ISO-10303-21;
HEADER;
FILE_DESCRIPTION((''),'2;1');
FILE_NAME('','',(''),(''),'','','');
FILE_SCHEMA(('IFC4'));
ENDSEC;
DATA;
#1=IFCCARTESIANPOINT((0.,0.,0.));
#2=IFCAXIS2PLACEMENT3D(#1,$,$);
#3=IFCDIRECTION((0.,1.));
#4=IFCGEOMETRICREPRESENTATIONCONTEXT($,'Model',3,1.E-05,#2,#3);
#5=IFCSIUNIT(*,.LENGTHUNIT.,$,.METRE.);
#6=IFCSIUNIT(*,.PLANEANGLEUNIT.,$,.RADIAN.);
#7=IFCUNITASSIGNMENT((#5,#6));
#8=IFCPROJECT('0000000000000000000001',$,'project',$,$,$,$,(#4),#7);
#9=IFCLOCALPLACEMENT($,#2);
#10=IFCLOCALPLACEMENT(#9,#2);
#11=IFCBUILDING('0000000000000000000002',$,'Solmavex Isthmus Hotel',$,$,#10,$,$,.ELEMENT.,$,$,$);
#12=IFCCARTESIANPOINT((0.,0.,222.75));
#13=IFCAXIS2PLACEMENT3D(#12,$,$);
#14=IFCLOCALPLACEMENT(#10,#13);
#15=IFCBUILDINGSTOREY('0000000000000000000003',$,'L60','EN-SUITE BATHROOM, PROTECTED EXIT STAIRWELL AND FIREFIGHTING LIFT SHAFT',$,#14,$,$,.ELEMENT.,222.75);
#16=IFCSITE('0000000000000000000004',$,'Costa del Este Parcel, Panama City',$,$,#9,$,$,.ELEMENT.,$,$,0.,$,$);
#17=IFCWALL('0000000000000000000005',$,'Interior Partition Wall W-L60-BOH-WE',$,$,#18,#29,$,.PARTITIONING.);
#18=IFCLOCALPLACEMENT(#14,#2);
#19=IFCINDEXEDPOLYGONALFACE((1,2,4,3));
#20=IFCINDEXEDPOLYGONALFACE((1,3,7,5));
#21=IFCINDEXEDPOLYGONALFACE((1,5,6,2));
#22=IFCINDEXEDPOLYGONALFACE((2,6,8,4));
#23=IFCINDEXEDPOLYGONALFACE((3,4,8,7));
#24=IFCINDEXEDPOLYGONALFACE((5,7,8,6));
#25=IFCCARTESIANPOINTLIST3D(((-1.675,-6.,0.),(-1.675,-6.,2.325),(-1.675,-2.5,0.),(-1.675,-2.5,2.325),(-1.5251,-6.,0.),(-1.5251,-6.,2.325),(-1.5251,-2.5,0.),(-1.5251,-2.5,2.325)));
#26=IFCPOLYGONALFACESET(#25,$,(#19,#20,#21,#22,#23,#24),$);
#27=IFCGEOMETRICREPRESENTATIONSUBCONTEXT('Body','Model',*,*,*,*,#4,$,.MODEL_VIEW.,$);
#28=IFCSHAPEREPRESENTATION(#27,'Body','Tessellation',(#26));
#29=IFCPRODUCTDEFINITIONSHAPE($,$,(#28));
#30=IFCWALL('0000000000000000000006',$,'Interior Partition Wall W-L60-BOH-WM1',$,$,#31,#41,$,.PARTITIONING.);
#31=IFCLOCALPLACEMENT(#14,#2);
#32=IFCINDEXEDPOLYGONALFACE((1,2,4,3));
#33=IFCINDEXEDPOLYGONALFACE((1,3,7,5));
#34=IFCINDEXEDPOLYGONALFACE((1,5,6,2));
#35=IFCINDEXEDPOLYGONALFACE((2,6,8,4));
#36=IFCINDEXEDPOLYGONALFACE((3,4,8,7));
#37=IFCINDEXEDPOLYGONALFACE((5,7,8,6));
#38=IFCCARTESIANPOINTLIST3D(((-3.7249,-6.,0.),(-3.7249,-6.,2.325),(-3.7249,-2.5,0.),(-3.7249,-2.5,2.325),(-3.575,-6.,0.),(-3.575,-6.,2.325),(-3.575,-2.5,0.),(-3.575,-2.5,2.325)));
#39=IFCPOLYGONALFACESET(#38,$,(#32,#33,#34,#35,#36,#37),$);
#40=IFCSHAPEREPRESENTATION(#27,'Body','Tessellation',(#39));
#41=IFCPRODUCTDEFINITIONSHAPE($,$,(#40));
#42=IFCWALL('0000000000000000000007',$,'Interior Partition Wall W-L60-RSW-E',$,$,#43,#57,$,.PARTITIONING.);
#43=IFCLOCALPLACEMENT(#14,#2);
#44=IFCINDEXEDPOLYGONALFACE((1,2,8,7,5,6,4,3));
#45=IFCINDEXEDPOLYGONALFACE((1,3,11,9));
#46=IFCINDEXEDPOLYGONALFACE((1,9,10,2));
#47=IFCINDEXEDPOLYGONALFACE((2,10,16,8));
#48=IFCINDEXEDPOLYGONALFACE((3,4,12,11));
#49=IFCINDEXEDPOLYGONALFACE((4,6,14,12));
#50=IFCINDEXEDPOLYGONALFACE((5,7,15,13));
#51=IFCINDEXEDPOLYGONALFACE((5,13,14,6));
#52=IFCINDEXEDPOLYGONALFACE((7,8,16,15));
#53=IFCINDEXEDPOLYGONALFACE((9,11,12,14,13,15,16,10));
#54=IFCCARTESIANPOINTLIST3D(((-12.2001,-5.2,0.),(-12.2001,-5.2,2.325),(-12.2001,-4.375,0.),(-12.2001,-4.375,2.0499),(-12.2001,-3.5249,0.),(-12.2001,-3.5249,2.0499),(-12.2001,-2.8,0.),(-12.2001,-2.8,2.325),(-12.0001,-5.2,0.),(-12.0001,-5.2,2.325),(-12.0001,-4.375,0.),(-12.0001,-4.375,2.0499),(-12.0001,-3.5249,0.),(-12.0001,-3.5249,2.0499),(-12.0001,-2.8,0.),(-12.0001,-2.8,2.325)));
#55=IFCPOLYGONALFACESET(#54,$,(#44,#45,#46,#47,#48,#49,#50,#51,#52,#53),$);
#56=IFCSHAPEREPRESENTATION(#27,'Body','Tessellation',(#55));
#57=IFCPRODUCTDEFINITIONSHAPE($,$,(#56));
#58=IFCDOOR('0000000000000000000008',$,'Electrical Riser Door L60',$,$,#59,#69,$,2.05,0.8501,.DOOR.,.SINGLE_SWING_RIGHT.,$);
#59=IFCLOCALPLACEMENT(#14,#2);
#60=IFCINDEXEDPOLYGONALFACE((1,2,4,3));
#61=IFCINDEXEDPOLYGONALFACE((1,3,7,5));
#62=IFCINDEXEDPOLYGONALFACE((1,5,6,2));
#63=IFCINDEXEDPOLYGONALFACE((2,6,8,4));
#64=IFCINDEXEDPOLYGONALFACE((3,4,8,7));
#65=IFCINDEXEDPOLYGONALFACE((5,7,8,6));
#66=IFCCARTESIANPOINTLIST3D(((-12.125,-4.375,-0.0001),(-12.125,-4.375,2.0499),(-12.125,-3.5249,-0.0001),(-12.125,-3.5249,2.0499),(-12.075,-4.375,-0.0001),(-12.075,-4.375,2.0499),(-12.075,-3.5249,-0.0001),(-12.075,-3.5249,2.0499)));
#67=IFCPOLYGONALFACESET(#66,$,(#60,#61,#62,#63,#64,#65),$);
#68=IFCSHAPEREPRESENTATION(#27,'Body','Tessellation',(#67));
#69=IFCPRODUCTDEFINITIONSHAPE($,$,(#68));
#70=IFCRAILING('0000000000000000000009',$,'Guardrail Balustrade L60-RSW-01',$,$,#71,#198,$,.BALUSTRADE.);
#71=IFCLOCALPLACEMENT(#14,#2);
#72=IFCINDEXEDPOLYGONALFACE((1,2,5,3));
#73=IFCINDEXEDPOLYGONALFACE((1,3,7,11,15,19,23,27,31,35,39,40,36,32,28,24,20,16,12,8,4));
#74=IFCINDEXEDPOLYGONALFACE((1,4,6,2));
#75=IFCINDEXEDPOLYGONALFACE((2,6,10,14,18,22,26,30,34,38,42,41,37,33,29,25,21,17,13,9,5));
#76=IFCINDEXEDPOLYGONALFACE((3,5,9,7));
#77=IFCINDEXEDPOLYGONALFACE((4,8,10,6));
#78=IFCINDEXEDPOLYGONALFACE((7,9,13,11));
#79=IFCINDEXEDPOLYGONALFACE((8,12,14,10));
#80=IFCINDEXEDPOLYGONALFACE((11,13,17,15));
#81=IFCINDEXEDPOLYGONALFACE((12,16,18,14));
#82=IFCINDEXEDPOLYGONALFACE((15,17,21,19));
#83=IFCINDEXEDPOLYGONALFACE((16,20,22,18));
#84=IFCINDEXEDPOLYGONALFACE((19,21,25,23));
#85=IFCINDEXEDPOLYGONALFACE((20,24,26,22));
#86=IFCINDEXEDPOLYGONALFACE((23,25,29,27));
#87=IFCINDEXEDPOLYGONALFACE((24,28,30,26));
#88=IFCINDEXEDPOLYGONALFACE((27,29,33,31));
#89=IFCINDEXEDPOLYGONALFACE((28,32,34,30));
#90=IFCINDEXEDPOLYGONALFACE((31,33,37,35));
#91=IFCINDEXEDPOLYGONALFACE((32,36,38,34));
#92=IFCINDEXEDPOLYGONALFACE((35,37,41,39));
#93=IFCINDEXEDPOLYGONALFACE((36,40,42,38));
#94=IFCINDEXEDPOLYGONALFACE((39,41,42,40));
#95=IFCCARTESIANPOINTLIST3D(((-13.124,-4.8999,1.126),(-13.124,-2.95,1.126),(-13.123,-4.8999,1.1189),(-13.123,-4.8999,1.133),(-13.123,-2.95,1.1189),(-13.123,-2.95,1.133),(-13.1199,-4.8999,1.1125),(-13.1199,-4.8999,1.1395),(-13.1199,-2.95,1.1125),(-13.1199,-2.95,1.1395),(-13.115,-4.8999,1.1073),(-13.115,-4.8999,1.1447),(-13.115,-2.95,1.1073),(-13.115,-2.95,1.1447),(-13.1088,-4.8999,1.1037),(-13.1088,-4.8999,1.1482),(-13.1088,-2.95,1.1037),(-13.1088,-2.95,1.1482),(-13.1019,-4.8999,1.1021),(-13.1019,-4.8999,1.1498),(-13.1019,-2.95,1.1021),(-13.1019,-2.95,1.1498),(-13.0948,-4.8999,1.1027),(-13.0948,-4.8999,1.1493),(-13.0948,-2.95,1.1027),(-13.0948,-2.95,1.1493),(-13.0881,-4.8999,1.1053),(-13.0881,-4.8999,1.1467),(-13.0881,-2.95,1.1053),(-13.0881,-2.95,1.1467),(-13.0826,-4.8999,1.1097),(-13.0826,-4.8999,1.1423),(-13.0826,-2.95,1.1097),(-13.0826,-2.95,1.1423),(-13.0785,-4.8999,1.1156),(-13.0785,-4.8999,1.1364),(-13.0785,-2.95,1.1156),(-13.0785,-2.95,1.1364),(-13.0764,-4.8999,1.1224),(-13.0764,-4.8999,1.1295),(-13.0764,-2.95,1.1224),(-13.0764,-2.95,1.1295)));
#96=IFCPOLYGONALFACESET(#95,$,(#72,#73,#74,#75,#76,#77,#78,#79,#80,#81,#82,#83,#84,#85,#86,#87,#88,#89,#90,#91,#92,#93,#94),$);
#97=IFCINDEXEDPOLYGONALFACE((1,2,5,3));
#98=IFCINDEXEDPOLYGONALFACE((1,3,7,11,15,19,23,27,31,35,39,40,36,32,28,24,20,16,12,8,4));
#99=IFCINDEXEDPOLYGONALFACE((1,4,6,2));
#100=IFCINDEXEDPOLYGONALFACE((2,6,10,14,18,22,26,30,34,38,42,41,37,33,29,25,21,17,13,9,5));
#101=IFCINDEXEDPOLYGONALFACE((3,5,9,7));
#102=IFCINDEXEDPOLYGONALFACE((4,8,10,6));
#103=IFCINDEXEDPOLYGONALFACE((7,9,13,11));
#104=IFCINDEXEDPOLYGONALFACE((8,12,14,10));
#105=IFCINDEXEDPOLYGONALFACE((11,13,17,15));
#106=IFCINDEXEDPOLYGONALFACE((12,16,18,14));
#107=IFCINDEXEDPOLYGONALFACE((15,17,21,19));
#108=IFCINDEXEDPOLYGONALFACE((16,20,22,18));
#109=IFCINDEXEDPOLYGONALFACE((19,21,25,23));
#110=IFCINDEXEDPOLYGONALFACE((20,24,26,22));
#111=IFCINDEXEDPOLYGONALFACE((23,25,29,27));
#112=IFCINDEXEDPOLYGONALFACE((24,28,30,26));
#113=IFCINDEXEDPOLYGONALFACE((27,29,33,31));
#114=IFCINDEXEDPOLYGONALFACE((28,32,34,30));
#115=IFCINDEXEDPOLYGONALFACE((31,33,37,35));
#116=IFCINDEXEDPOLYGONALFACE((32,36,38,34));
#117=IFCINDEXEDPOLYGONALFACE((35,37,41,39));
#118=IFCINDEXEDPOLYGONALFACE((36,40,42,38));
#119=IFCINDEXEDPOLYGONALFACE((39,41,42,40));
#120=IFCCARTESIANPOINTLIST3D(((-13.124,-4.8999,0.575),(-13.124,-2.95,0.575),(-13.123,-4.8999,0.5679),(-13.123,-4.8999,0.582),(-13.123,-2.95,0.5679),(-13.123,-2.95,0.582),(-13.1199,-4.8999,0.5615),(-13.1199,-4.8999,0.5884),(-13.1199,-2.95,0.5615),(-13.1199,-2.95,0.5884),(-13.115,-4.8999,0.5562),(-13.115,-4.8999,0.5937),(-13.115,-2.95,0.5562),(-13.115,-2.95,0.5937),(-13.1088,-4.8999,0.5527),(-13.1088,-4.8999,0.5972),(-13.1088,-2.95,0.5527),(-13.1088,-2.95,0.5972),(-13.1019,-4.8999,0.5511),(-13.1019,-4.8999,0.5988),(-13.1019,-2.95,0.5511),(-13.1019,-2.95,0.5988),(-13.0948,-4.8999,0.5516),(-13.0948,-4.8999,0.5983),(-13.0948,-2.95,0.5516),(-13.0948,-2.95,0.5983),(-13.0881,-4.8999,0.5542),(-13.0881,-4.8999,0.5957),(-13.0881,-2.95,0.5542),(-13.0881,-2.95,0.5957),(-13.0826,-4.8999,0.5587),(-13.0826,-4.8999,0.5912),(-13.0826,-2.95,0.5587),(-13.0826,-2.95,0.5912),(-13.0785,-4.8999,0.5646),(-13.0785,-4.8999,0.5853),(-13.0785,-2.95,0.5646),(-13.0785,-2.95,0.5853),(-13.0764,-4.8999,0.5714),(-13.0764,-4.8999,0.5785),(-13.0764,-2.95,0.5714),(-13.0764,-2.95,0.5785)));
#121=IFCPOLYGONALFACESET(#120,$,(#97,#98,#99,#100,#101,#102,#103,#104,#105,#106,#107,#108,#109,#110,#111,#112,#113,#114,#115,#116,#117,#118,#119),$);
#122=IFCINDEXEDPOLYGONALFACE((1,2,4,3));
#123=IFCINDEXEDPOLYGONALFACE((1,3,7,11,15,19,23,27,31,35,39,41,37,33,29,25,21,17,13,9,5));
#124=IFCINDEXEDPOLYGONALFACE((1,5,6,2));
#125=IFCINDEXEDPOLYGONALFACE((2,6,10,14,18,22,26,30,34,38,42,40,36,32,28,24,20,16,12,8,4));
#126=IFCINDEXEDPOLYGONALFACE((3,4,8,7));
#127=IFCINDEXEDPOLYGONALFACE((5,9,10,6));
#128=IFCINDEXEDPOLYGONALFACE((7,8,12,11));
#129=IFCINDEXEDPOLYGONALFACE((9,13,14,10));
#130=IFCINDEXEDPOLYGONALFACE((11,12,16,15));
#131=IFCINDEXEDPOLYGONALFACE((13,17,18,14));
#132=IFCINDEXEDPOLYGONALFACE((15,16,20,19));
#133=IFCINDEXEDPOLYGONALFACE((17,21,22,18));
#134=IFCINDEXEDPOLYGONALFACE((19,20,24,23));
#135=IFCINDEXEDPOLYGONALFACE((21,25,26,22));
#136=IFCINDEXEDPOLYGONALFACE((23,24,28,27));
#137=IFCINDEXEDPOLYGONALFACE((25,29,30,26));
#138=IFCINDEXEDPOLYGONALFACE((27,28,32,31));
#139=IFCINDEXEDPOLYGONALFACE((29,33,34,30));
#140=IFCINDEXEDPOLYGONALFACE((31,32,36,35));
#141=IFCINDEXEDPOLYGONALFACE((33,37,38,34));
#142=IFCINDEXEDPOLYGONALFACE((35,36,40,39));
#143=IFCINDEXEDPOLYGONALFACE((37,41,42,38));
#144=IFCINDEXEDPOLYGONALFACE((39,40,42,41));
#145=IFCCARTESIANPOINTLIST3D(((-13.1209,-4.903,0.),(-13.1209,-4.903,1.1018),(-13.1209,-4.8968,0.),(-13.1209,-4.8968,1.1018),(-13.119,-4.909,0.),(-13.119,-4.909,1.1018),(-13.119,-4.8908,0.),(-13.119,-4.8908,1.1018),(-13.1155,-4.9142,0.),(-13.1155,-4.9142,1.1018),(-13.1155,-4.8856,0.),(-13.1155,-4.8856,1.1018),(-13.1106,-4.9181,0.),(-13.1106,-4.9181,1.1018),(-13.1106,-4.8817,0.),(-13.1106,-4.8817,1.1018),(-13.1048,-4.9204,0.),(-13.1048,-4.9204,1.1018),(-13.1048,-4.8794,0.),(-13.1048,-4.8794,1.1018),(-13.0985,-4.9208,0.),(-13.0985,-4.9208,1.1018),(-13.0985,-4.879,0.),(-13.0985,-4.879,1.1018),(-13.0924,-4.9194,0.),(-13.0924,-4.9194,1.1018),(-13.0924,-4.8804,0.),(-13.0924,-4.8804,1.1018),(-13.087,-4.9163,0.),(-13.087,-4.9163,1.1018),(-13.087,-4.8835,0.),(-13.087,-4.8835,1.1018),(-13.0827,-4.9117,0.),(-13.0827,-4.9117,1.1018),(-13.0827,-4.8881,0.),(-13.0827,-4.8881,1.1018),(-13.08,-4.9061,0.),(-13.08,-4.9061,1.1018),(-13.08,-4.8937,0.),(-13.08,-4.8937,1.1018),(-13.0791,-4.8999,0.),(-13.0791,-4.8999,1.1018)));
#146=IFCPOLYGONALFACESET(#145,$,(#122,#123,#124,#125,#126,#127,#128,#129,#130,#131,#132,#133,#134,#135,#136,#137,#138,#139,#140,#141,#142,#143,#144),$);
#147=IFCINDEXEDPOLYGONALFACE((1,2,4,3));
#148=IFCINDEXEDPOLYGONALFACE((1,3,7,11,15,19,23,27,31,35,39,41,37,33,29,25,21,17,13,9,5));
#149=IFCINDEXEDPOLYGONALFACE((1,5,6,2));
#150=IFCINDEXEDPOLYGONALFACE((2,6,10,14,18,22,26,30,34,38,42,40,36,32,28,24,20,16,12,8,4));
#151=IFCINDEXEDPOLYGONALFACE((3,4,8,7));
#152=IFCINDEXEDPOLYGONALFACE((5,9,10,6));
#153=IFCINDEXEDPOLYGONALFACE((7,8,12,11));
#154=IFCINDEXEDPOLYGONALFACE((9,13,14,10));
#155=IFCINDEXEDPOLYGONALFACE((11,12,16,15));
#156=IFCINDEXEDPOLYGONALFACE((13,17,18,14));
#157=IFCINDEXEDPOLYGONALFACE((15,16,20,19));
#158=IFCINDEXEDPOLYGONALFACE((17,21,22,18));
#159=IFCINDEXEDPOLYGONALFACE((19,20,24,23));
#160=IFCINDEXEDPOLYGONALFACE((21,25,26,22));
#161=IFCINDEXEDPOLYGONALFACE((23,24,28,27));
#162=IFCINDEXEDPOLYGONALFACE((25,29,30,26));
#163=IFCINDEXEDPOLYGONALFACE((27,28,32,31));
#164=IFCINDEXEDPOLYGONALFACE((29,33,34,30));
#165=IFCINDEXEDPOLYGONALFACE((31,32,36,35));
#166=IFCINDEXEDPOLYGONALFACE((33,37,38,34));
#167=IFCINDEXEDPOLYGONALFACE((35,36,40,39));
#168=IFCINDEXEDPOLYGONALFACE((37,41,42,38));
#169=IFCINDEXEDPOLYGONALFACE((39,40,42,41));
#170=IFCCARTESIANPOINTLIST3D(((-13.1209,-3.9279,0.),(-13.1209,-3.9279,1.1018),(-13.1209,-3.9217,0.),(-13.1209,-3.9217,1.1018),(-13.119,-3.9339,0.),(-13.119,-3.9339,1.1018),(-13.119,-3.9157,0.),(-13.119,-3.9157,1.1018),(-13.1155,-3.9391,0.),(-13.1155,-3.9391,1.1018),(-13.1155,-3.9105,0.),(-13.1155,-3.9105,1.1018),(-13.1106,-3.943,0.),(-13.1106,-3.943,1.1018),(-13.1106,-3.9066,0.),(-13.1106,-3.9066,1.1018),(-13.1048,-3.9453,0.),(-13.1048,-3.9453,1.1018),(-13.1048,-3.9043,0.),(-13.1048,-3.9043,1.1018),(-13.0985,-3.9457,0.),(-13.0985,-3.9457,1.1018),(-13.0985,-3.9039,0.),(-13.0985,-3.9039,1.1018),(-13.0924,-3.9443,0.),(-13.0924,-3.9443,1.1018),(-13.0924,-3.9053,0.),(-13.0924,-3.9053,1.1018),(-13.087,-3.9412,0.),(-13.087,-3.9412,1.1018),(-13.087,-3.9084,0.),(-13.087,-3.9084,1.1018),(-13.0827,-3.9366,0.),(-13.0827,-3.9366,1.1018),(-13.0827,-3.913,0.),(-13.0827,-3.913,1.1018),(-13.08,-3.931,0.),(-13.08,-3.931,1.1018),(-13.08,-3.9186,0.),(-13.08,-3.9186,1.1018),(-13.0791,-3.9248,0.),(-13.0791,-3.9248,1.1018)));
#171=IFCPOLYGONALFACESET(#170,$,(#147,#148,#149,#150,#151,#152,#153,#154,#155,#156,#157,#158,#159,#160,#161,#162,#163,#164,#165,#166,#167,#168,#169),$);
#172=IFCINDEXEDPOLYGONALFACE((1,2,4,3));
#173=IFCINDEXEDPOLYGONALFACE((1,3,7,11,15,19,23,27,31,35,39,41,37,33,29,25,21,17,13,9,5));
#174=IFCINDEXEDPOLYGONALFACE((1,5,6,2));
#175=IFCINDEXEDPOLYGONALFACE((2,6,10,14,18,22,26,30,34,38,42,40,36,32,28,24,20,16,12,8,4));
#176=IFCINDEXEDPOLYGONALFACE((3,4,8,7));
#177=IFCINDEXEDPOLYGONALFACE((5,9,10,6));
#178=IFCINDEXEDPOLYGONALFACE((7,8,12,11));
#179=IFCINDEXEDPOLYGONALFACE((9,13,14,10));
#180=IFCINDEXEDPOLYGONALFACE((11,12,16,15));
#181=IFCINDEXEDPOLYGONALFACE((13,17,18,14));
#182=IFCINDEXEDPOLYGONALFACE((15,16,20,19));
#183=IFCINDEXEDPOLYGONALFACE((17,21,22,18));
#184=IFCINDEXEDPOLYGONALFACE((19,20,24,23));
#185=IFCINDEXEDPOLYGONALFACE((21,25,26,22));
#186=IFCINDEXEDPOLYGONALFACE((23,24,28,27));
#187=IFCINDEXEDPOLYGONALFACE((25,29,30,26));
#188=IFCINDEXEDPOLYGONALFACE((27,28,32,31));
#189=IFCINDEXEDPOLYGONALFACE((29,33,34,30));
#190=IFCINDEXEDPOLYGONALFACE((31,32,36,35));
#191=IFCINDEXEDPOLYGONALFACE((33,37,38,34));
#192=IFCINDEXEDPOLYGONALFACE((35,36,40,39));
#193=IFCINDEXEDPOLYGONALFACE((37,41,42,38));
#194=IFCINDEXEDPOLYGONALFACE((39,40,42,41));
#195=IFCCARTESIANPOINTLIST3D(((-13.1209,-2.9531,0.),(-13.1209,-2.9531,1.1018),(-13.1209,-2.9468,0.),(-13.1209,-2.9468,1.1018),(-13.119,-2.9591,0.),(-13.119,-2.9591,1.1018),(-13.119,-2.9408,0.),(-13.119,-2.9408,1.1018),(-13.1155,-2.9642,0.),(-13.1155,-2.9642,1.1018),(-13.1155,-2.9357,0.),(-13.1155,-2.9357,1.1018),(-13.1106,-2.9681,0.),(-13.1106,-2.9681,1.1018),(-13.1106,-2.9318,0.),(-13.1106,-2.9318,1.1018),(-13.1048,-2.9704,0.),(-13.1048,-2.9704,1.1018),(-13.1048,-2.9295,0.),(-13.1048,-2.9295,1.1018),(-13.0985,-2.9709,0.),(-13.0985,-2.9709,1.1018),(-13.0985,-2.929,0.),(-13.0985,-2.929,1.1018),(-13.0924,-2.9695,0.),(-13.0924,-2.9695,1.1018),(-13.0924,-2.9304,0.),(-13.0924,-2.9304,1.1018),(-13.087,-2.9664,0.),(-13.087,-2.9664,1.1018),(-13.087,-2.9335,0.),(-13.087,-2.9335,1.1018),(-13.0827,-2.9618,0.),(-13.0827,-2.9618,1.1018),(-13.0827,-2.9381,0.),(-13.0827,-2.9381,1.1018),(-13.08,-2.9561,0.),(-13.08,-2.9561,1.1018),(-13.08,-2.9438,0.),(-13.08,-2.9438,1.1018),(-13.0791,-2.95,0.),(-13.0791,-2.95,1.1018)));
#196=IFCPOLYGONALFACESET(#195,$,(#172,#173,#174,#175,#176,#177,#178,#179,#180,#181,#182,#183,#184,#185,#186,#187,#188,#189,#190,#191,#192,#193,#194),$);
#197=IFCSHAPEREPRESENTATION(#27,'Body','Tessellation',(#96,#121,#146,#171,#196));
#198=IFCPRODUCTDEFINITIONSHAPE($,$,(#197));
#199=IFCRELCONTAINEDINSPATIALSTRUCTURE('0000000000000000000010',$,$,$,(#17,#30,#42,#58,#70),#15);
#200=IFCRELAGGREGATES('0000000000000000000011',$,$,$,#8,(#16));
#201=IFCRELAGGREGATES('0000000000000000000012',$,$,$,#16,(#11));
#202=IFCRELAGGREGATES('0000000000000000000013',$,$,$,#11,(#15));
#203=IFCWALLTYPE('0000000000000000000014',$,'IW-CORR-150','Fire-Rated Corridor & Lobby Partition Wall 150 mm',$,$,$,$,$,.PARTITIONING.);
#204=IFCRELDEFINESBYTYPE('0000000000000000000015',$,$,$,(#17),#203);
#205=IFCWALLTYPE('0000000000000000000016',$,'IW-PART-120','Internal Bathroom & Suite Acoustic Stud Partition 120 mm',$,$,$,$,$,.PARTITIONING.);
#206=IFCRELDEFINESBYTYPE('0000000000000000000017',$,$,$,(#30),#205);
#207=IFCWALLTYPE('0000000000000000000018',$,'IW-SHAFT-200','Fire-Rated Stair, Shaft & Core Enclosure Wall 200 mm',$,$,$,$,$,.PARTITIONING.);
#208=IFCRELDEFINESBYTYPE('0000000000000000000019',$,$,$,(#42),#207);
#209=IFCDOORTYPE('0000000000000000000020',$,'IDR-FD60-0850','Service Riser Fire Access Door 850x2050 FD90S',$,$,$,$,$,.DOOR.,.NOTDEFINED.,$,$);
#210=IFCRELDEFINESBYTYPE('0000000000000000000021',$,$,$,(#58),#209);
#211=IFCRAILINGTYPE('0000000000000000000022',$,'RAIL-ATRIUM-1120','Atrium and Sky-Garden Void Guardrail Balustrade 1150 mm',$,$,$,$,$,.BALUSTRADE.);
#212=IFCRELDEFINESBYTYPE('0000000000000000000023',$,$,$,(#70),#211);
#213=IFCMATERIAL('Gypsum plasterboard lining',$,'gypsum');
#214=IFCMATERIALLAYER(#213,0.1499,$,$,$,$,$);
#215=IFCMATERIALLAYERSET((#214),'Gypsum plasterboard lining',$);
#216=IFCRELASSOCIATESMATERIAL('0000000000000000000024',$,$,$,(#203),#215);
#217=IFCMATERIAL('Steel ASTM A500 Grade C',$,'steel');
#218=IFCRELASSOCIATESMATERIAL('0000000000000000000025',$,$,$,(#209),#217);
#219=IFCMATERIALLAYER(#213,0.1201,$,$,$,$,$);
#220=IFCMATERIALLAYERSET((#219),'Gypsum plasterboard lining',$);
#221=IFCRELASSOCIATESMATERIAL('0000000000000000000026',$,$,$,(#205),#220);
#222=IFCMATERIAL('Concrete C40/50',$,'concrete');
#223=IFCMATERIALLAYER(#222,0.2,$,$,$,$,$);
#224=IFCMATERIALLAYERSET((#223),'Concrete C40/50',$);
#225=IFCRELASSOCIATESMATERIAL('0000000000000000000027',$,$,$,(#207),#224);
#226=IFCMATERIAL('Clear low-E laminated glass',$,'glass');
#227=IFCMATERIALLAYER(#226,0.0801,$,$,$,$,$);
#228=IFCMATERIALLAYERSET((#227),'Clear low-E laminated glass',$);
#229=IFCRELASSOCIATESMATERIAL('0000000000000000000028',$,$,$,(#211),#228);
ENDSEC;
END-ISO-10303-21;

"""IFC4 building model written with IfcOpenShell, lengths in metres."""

from ifc_helpers import new_model, si_unit, direction, frame, frame_2d, origin, origin_2d, place, context, subcontext, project, spatial, rectangle, circle, extrude, material, layer, layer_set, type_object, element, fill, save


model = new_model("IFC4")

# Units and contexts
model_context = context("Model", 3, precision=1e-05, world=origin(), true_north=direction((0.0, 1.0)))
body_context = subcontext(model_context, "Body", "Model", "MODEL_VIEW")
ifc_project = project(units=[si_unit("LENGTHUNIT", "METRE"), si_unit("PLANEANGLEUNIT", "RADIAN")], contexts=[model_context])

# Site, building, storey
site_placement = place(None, origin())
site = spatial("IfcSite", under=ifc_project, at=site_placement, Name="Costa del Este Parcel, Panama City", CompositionType="ELEMENT", RefElevation=0.0)
building_placement = place(site_placement, origin())
building = spatial("IfcBuilding", under=site, at=building_placement, Name="Solmavex Isthmus Hotel", CompositionType="ELEMENT")
storey_placement = place(building_placement, frame((0.0, 0.0, 222.75)))
storey = spatial("IfcBuildingStorey", under=building, at=storey_placement, Name="L60", Description="EN-SUITE BATHROOM, PROTECTED EXIT STAIRWELL AND FIREFIGHTING LIFT SHAFT", CompositionType="ELEMENT", Elevation=222.75)

# Shared definitions
ifc_material_1 = material(Name="Concrete C40/50", Category="concrete")

# Shared definitions
ifc_material_2 = material(Name="Gypsum plasterboard lining", Category="gypsum")

# Shared definitions
ifc_layer_1 = layer(ifc_material_2, 0.1499)
ifc_layer_set_1 = layer_set([ifc_layer_1], Name="Gypsum plasterboard lining")
wall_type_1 = type_object("IfcWallType", Name="IW-CORR-150", Description="Fire-Rated Corridor & Lobby Partition Wall 150 mm", PredefinedType="PARTITIONING", material=ifc_layer_set_1)
ifc_material_3 = material(Name="Steel ASTM A500 Grade C", Category="steel")
door_type_1 = type_object("IfcDoorType", Name="IDR-FD60-0850", Description="Service Riser Fire Access Door 850x2050 FD90S", OperationType="NOTDEFINED", PredefinedType="DOOR", material=ifc_material_3)

# Walls
wall_1_placement = place(storey_placement, frame((-1.6001, -6.0, 0.0), z_axis=(0.0, 0.0, 1.0), x_axis=(0.0, 1.0, 0.0)))
element("IfcWall", 1, at=wall_1_placement, inside=storey, type_object=wall_type_1, Name="Interior Partition Wall W-L60-BOH-WE", PredefinedType="PARTITIONING", context=body_context, shape_type="SweptSolid", body=[
    extrude(rectangle(XDim=3.5, YDim=0.1499, at=frame_2d((1.75, 0.0))), origin(), (0.0, 0.0, 1.0), 2.325),
])
ifc_layer_2 = layer(ifc_material_2, 0.1201)
ifc_layer_set_2 = layer_set([ifc_layer_2], Name="Gypsum plasterboard lining")
wall_type_2 = type_object("IfcWallType", Name="IW-PART-120", Description="Internal Bathroom & Suite Acoustic Stud Partition 120 mm", PredefinedType="PARTITIONING", material=ifc_layer_set_2)
wall_2_placement = place(storey_placement, frame((-3.6499, -6.0, 0.0), z_axis=(0.0, 0.0, 1.0), x_axis=(0.0, 1.0, 0.0)))
element("IfcWall", 2, at=wall_2_placement, inside=storey, type_object=wall_type_2, Name="Interior Partition Wall W-L60-BOH-WM1", PredefinedType="PARTITIONING", context=body_context, shape_type="SweptSolid", body=[
    extrude(rectangle(XDim=3.5, YDim=0.1499, at=frame_2d((1.75, 0.0))), origin(), (0.0, 0.0, 1.0), 2.325),
])

# Wall, opening, door
ifc_layer_3 = layer(ifc_material_1, 0.2)
ifc_layer_set_3 = layer_set([ifc_layer_3], Name="Concrete C40/50")
wall_type_3 = type_object("IfcWallType", Name="IW-SHAFT-200", Description="Fire-Rated Stair, Shaft & Core Enclosure Wall 200 mm", PredefinedType="PARTITIONING", material=ifc_layer_set_3)
wall_3_placement = place(storey_placement, frame((-12.1001, -5.2, 0.0), z_axis=(0.0, 0.0, 1.0), x_axis=(0.0, 1.0, 0.0)))
wall_3 = element("IfcWall", 3, at=wall_3_placement, inside=storey, type_object=wall_type_3, Name="Interior Partition Wall W-L60-RSW-E", PredefinedType="PARTITIONING", context=body_context, shape_type="SweptSolid", body=[
    extrude(rectangle(XDim=2.3999, YDim=0.2, at=frame_2d((1.2, 0.0))), origin(), (0.0, 0.0, 1.0), 2.325),
])
opening_1_placement = place(wall_3_placement, frame((0.825, 0.0, 0.0)))
opening_1 = element("IfcOpeningElement", 4, at=opening_1_placement, cuts=wall_3, PredefinedType="OPENING", context=body_context, shape_type="SweptSolid", body=[
    extrude(rectangle(XDim=0.8501, YDim=2.05, at=frame_2d((0.425, 1.0249))), frame((0.0, 0.1099, 0.0), z_axis=(0.0, -1.0, 0.0), x_axis=(1.0, 0.0, 0.0)), (0.0, 0.0, 1.0), 0.22),
])
door_1_placement = place(opening_1_placement, origin())
door_1 = element("IfcDoor", 5, at=door_1_placement, inside=storey, type_object=door_type_1, Name="Electrical Riser Door L60", OperationType="SINGLE_SWING_RIGHT", OverallHeight=2.05, OverallWidth=0.8501, PredefinedType="DOOR", context=body_context, shape_type="SweptSolid", body=[
    extrude(rectangle(XDim=0.8501, YDim=2.05, at=frame_2d((0.425, 1.0249))), frame((0.0, 0.0249, 0.0), z_axis=(0.0, -1.0, 0.0), x_axis=(1.0, 0.0, 0.0)), (0.0, 0.0, 1.0), 0.05),
])
fill(opening_1, door_1)

# Railing
ifc_material_4 = material(Name="Clear low-E laminated glass", Category="glass")
ifc_layer_4 = layer(ifc_material_4, 0.0801)
ifc_layer_set_4 = layer_set([ifc_layer_4], Name="Clear low-E laminated glass")
railing_type_1 = type_object("IfcRailingType", Name="RAIL-ATRIUM-1120", Description="Atrium and Sky-Garden Void Guardrail Balustrade 1150 mm", PredefinedType="BALUSTRADE", material=ifc_layer_set_4)
railing_1_placement = place(storey_placement, frame((-13.1001, -4.8999, 0.0)))
element("IfcRailing", 6, at=railing_1_placement, inside=storey, type_object=railing_type_1, Name="Guardrail Balustrade L60-RSW-01", PredefinedType="BALUSTRADE", context=body_context, shape_type="SweptSolid", body=[
    extrude(circle(Radius=0.0239, at=origin_2d()), frame((0.0, 0.0, 1.126), z_axis=(0.0, 1.0, 0.0), x_axis=(-1.0, 0.0, 0.0)), (0.0, 0.0, 1.0), 1.95),
    extrude(circle(Radius=0.0239, at=origin_2d()), frame((0.0, 0.0, 0.575), z_axis=(0.0, 1.0, 0.0), x_axis=(-1.0, 0.0, 0.0)), (0.0, 0.0, 1.0), 1.95),
    extrude(circle(Radius=0.021, at=origin_2d()), origin(), (0.0, 0.0, 1.0), 1.1018),
    extrude(circle(Radius=0.021, at=origin_2d()), frame((0.0, 0.9751, 0.0)), (0.0, 0.0, 1.0), 1.1018),
    extrude(circle(Radius=0.021, at=origin_2d()), frame((0.0, 1.95, 0.0)), (0.0, 0.0, 1.0), 1.1018),
])

save(model, "model.ifc")
